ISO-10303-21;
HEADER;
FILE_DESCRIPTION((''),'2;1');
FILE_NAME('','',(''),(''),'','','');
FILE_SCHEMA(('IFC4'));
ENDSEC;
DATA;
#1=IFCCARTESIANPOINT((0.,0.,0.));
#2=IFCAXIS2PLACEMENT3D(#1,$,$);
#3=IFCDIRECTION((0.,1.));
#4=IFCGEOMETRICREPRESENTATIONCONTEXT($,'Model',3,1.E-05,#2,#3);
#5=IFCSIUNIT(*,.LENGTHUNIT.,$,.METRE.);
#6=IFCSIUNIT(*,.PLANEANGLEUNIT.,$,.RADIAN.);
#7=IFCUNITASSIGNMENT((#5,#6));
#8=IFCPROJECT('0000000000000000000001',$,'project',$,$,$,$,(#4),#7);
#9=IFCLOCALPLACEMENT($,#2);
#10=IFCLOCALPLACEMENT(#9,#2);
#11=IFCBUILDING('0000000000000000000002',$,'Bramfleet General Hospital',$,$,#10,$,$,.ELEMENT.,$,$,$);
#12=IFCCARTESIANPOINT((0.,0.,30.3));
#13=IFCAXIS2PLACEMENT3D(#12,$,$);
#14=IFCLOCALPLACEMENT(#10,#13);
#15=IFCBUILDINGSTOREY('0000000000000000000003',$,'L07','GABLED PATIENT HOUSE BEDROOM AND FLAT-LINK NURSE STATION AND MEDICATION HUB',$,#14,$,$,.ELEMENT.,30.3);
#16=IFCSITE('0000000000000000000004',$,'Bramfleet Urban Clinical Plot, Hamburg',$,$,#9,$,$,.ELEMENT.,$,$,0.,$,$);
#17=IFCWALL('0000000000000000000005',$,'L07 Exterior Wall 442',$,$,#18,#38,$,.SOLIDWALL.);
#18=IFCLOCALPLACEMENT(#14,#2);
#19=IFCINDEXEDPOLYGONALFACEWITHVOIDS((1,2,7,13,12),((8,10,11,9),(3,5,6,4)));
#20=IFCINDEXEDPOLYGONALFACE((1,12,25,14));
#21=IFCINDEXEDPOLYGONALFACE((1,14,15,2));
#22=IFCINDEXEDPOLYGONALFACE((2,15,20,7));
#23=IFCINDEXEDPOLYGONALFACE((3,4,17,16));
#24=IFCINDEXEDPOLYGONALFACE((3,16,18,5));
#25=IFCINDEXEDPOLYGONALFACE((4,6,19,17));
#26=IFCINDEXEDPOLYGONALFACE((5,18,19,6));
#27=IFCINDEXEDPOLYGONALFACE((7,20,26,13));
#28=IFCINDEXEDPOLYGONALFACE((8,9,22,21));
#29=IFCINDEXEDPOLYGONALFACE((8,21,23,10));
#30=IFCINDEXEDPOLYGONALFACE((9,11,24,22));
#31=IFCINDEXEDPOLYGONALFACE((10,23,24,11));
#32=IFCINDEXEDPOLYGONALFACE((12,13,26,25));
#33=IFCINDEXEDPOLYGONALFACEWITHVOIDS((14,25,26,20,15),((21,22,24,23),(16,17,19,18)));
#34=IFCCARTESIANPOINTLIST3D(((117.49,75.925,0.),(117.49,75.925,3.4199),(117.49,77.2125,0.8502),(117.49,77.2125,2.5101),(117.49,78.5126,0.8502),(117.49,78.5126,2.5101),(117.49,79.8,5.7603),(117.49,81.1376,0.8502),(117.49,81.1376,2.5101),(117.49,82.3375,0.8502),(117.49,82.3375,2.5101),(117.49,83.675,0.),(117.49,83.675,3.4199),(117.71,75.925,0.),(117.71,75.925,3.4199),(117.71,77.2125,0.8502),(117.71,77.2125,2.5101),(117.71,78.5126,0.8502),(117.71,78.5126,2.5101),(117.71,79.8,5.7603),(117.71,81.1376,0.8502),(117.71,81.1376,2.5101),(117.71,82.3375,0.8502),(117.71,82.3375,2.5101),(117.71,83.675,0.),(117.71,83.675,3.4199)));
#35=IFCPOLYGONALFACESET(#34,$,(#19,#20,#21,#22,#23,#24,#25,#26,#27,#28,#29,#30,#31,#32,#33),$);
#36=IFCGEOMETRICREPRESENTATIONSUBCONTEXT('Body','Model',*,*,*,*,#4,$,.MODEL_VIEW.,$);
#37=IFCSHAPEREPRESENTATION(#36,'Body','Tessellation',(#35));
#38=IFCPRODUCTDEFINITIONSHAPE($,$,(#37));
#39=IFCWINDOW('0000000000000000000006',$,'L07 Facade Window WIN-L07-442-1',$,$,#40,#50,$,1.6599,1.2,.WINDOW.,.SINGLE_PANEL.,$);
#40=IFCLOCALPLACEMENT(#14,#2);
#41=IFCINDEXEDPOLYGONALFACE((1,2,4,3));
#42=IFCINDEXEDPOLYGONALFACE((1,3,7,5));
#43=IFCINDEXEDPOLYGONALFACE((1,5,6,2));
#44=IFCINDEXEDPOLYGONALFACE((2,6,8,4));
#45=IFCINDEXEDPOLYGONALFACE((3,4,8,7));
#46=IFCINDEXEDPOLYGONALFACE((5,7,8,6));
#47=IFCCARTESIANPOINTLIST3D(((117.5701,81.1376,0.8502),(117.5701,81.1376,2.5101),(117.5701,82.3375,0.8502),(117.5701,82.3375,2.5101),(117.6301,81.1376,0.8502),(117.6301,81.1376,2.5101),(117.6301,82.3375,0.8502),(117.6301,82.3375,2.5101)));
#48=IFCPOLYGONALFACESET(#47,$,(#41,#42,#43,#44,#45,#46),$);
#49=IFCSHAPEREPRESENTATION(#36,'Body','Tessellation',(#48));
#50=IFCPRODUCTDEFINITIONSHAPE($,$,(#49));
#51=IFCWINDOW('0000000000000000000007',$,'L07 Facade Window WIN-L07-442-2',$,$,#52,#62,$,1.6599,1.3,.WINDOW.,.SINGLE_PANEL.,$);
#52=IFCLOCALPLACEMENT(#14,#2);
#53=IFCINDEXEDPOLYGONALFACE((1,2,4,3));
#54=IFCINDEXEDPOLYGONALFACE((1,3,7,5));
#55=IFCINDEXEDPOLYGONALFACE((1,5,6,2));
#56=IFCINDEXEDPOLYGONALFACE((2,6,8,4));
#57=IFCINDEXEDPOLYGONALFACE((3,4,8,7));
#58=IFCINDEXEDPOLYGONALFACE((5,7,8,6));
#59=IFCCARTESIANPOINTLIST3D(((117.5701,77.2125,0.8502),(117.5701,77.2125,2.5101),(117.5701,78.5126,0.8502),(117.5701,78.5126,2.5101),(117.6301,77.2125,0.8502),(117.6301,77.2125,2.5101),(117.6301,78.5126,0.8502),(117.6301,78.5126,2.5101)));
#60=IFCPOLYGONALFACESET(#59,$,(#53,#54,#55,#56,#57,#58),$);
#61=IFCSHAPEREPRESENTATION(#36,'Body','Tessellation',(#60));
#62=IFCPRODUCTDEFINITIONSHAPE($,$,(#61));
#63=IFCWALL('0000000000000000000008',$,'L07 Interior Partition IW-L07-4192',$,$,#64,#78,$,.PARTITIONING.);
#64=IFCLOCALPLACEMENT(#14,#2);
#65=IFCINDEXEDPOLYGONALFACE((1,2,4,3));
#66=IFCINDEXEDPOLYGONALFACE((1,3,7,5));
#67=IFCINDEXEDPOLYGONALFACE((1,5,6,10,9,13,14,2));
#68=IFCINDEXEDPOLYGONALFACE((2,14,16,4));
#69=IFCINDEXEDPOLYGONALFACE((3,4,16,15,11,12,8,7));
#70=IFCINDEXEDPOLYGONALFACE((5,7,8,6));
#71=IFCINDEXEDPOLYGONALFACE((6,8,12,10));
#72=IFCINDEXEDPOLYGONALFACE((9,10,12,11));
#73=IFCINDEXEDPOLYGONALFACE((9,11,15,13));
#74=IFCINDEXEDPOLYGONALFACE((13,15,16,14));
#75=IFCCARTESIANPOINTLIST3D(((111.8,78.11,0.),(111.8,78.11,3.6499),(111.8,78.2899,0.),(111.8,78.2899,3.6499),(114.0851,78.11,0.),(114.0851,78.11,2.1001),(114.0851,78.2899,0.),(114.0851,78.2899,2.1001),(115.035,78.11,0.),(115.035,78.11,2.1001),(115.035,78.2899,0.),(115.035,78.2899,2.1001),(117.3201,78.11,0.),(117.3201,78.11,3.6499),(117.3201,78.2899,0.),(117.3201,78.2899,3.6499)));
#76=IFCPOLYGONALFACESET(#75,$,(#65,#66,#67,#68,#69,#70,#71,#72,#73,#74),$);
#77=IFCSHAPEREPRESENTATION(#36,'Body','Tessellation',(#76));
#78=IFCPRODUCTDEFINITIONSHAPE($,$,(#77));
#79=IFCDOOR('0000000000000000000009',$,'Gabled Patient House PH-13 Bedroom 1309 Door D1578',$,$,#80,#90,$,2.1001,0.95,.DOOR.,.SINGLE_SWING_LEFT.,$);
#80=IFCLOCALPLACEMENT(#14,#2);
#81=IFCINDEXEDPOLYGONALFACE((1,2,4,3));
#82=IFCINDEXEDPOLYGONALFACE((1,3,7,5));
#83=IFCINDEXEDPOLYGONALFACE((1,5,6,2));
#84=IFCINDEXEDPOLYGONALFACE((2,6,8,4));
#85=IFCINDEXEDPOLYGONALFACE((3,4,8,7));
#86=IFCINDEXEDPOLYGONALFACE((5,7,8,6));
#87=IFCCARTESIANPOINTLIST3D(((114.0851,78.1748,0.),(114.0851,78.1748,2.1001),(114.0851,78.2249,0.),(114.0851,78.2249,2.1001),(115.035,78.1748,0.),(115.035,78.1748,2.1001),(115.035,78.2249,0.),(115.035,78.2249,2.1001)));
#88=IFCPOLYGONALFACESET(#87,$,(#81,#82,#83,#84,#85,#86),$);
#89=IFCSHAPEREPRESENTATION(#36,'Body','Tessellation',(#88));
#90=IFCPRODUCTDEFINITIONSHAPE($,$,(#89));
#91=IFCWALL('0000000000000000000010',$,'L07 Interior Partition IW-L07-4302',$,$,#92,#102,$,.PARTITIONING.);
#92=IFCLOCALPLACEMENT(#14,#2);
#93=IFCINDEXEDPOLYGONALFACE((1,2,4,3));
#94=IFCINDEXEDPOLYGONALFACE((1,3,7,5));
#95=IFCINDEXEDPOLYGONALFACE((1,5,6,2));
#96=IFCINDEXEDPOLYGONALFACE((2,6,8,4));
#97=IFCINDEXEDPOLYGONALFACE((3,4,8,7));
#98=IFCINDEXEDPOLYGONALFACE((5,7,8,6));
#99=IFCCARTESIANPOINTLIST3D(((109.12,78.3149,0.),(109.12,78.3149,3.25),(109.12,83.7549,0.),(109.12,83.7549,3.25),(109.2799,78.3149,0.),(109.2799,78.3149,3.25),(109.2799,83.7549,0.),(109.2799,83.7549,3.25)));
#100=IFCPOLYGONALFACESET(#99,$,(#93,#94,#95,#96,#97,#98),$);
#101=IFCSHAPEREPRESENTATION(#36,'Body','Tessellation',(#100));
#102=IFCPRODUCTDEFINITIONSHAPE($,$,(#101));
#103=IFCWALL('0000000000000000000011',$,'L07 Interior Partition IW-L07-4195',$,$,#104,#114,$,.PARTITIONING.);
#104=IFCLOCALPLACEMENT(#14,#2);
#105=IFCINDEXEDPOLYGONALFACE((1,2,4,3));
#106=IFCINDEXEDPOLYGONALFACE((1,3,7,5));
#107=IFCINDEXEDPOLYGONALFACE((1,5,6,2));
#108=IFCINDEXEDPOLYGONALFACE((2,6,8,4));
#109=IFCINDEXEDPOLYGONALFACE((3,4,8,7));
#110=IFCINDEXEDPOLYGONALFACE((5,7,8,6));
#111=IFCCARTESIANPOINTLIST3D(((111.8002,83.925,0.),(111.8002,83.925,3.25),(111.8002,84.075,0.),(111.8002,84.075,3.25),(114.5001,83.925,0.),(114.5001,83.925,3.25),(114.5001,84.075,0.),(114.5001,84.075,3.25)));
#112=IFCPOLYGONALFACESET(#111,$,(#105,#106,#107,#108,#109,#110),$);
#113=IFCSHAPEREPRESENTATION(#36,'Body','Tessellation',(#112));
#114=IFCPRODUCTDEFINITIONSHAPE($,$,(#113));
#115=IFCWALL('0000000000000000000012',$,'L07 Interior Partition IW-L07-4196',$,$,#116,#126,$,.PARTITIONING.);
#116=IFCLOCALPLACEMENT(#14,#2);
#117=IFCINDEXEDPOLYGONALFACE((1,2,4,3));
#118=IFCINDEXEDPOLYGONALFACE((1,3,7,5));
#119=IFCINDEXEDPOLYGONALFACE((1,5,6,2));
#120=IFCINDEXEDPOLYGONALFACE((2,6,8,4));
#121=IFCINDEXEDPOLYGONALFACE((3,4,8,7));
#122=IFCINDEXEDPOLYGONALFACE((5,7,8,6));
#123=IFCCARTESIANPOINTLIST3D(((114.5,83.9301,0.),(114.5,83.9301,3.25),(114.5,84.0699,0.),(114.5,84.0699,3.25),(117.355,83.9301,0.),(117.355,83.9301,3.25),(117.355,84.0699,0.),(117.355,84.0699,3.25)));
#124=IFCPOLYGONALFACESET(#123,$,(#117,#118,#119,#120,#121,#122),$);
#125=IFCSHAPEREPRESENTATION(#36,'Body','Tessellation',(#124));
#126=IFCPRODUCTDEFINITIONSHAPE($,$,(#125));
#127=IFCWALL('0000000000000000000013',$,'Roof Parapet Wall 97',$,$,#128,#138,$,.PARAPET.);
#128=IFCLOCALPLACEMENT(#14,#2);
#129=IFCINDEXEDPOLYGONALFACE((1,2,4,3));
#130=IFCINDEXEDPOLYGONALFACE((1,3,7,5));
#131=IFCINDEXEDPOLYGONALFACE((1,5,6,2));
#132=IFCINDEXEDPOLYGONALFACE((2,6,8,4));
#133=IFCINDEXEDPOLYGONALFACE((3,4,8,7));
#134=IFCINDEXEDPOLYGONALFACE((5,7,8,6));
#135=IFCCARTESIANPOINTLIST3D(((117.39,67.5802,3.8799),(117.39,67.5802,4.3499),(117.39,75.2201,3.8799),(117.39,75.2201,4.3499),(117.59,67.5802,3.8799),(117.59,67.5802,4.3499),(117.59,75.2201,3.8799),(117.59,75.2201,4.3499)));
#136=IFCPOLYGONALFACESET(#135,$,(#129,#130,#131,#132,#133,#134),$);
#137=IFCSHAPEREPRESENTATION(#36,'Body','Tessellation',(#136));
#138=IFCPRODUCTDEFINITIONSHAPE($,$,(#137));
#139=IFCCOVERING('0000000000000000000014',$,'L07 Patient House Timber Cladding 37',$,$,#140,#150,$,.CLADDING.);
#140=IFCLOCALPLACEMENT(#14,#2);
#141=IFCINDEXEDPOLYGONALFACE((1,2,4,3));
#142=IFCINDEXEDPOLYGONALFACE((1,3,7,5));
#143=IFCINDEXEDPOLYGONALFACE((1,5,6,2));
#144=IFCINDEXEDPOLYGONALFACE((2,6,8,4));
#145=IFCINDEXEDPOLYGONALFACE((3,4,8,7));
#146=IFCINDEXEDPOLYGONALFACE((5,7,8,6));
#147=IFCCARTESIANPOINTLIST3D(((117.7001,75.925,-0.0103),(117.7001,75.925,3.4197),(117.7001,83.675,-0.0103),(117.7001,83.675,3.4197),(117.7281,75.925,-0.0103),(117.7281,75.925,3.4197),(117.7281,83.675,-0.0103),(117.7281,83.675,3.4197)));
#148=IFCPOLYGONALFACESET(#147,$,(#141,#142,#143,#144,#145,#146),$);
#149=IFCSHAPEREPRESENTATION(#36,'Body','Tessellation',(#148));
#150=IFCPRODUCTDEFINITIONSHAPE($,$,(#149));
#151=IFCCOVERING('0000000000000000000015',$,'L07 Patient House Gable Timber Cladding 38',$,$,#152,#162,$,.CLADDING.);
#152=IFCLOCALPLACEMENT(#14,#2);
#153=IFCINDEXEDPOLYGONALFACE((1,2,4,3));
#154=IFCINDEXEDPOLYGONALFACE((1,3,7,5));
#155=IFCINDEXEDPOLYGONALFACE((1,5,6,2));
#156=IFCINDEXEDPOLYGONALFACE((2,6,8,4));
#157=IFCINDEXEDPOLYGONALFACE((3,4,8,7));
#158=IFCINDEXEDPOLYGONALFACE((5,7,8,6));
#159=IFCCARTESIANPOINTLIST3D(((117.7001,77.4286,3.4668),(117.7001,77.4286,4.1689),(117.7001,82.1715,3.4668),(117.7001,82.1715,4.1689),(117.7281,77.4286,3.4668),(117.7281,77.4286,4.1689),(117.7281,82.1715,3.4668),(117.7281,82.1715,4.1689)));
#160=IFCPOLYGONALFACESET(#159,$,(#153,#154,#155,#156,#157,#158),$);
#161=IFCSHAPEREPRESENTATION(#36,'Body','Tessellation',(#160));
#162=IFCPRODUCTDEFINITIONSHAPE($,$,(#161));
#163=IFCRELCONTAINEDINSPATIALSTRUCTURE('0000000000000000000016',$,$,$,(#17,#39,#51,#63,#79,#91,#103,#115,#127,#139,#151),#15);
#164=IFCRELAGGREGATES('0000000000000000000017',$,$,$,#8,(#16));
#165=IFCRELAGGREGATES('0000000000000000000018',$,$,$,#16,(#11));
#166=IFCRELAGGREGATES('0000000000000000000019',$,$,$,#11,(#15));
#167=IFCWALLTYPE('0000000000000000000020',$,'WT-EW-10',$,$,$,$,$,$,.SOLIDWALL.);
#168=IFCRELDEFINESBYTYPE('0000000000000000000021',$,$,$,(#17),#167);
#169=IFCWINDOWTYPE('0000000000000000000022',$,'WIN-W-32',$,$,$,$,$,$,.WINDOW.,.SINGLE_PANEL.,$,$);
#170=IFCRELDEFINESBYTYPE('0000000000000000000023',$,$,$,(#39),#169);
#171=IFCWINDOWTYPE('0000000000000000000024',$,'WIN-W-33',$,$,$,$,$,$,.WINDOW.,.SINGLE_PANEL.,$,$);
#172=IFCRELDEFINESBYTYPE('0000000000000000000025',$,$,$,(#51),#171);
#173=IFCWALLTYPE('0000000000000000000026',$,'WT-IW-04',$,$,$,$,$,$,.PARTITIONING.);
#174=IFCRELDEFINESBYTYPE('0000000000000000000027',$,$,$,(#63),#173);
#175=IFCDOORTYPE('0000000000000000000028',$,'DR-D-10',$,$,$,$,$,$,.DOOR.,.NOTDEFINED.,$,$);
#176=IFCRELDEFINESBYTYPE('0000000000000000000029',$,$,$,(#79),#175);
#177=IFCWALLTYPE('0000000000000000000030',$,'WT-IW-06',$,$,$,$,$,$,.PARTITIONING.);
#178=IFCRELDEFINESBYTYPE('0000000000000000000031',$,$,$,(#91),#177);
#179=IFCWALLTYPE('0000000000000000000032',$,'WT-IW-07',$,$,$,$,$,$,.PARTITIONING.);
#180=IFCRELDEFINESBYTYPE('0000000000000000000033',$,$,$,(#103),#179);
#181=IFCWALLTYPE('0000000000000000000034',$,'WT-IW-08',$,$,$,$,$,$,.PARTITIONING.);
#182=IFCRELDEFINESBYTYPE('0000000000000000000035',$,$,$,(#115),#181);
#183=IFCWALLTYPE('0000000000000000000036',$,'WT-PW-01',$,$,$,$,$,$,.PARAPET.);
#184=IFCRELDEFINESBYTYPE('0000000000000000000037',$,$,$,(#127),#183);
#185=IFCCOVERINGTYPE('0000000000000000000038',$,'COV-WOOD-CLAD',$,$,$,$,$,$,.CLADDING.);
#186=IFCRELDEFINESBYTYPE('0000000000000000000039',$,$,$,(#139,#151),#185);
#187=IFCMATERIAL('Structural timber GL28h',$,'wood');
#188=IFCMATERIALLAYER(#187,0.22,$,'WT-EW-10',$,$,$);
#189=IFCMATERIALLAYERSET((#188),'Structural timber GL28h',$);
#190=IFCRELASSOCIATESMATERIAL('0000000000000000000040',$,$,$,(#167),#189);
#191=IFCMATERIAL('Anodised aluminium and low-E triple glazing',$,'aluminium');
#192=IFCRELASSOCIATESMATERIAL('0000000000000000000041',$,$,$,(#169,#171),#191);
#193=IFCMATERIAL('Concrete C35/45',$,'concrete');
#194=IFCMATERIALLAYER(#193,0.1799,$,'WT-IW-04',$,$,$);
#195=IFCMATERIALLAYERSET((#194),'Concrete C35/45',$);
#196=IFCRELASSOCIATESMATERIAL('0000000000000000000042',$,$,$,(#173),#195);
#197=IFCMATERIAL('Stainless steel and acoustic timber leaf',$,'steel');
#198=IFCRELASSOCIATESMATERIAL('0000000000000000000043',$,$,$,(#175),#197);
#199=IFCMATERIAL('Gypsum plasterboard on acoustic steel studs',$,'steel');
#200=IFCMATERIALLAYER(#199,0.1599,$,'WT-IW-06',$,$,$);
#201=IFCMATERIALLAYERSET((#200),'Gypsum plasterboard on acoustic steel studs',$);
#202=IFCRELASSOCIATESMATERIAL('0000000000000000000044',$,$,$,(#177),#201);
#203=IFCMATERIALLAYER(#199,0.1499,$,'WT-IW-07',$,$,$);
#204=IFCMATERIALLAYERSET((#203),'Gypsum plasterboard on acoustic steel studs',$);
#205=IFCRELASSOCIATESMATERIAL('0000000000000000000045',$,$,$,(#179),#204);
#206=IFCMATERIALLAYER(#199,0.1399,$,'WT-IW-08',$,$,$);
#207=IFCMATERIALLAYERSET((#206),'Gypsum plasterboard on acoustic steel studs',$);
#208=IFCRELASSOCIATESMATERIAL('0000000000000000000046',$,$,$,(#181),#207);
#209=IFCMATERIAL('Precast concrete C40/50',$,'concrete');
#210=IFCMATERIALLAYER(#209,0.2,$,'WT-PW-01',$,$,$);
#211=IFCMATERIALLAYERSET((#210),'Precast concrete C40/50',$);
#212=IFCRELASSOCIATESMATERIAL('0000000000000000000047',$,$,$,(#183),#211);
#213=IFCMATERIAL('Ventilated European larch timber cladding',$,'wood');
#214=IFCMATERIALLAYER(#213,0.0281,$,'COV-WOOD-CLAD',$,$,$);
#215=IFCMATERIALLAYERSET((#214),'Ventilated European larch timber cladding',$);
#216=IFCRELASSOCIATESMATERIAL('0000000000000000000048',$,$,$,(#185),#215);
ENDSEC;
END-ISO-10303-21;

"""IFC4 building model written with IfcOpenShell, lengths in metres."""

from ifc_helpers import new_model, si_unit, direction, frame, frame_2d, origin, origin_2d, place, context, subcontext, project, spatial, polyline, rectangle, outline, extrude, material, layer, layer_set, type_object, element, fill, save


model = new_model("IFC4")

# Units and contexts
model_context = context("Model", 3, precision=1e-05, world=origin(), true_north=direction((0.0, 1.0)))
body_context = subcontext(model_context, "Body", "Model", "MODEL_VIEW")
ifc_project = project(units=[si_unit("LENGTHUNIT", "METRE"), si_unit("PLANEANGLEUNIT", "RADIAN")], contexts=[model_context])

# Site, building, storey
site_placement = place(None, origin())
site = spatial("IfcSite", under=ifc_project, at=site_placement, Name="Bramfleet Urban Clinical Plot, Hamburg", CompositionType="ELEMENT", RefElevation=0.0)
building_placement = place(site_placement, origin())
building = spatial("IfcBuilding", under=site, at=building_placement, Name="Bramfleet General Hospital", CompositionType="ELEMENT")
storey_placement = place(building_placement, frame((0.0, 0.0, 30.3)))
storey = spatial("IfcBuildingStorey", under=building, at=storey_placement, Name="L07", Description="GABLED PATIENT HOUSE BEDROOM AND FLAT-LINK NURSE STATION AND MEDICATION HUB", CompositionType="ELEMENT", Elevation=30.3)

# Shared definitions
ifc_material_1 = material(Name="Anodised aluminium and low-E triple glazing", Category="aluminium")

# Wall, openings, windows
ifc_material_2 = material(Name="Structural timber GL28h", Category="wood")
ifc_layer_1 = layer(ifc_material_2, 0.22, Name="WT-EW-10")
ifc_layer_set_1 = layer_set([ifc_layer_1], Name="Structural timber GL28h")
wall_type_1 = type_object("IfcWallType", Name="WT-EW-10", PredefinedType="SOLIDWALL", material=ifc_layer_set_1)
wall_1_placement = place(storey_placement, frame((117.6001, 83.675, 0.0), z_axis=(0.0, 0.0, 1.0), x_axis=(0.0, -1.0, 0.0)))
wall_1 = element("IfcWall", 1, at=wall_1_placement, inside=storey, type_object=wall_type_1, Name="L07 Exterior Wall 442", PredefinedType="SOLIDWALL", context=body_context, shape_type="SweptSolid", body=[
    extrude(outline(polyline([(0.0, 0.0), (7.75, 0.0), (7.75, 3.4199), (3.875, 5.7603), (0.0, 3.4199), (0.0, 0.0)])), frame((0.0, 0.1099, 0.0), z_axis=(0.0, -1.0, 0.0), x_axis=(1.0, 0.0, 0.0)), (0.0, 0.0, 1.0), 0.22),
])
opening_1_placement = place(wall_1_placement, frame((1.3374, 0.0, 0.8501)))
opening_1 = element("IfcOpeningElement", 2, at=opening_1_placement, cuts=wall_1, PredefinedType="OPENING", context=body_context, shape_type="SweptSolid", body=[
    extrude(rectangle(XDim=1.2, YDim=1.6599, at=frame_2d((0.6001, 0.8301))), frame((0.0, 0.1199, 0.0), z_axis=(0.0, -1.0, 0.0), x_axis=(1.0, 0.0, 0.0)), (0.0, 0.0, 1.0), 0.24),
])
opening_2_placement = place(wall_1_placement, frame((5.1626, 0.0, 0.8501)))
opening_2 = element("IfcOpeningElement", 3, at=opening_2_placement, cuts=wall_1, PredefinedType="OPENING", context=body_context, shape_type="SweptSolid", body=[
    extrude(rectangle(XDim=1.3, YDim=1.6599, at=frame_2d((0.6499, 0.8301))), frame((0.0, 0.1199, 0.0), z_axis=(0.0, -1.0, 0.0), x_axis=(1.0, 0.0, 0.0)), (0.0, 0.0, 1.0), 0.24),
])
window_type_1 = type_object("IfcWindowType", Name="WIN-W-32", PartitioningType="SINGLE_PANEL", PredefinedType="WINDOW", material=ifc_material_1)
window_1_placement = place(opening_1_placement, origin())
window_1 = element("IfcWindow", 4, at=window_1_placement, inside=storey, type_object=window_type_1, Name="L07 Facade Window WIN-L07-442-1", OverallHeight=1.6599, OverallWidth=1.2, PartitioningType="SINGLE_PANEL", PredefinedType="WINDOW", context=body_context, shape_type="SweptSolid", body=[
    extrude(rectangle(XDim=1.2, YDim=1.6599, at=frame_2d((0.6001, 0.8301))), frame((0.0, 0.03, 0.0), z_axis=(0.0, -1.0, 0.0), x_axis=(1.0, 0.0, 0.0)), (0.0, 0.0, 1.0), 0.0601),
])
fill(opening_1, window_1)
window_type_2 = type_object("IfcWindowType", Name="WIN-W-33", PartitioningType="SINGLE_PANEL", PredefinedType="WINDOW", material=ifc_material_1)
window_2_placement = place(opening_2_placement, origin())
window_2 = element("IfcWindow", 5, at=window_2_placement, inside=storey, type_object=window_type_2, Name="L07 Facade Window WIN-L07-442-2", OverallHeight=1.6599, OverallWidth=1.3, PartitioningType="SINGLE_PANEL", PredefinedType="WINDOW", context=body_context, shape_type="SweptSolid", body=[
    extrude(rectangle(XDim=1.3, YDim=1.6599, at=frame_2d((0.6499, 0.8301))), frame((0.0, 0.03, 0.0), z_axis=(0.0, -1.0, 0.0), x_axis=(1.0, 0.0, 0.0)), (0.0, 0.0, 1.0), 0.0601),
])
fill(opening_2, window_2)

# Wall, opening, door
ifc_material_3 = material(Name="Concrete C35/45", Category="concrete")
ifc_material_4 = material(Name="Stainless steel and acoustic timber leaf", Category="steel")
ifc_layer_2 = layer(ifc_material_3, 0.1799, Name="WT-IW-04")
ifc_layer_set_2 = layer_set([ifc_layer_2], Name="Concrete C35/45")
wall_type_2 = type_object("IfcWallType", Name="WT-IW-04", PredefinedType="PARTITIONING", material=ifc_layer_set_2)
wall_2_placement = place(storey_placement, frame((111.8, 78.2, 0.0), z_axis=(0.0, 0.0, 1.0), x_axis=(1.0, 0.0, 0.0)))
wall_2 = element("IfcWall", 6, at=wall_2_placement, inside=storey, type_object=wall_type_2, Name="L07 Interior Partition IW-L07-4192", PredefinedType="PARTITIONING", context=body_context, shape_type="SweptSolid", body=[
    extrude(rectangle(XDim=5.52, YDim=0.1799, at=frame_2d((2.76, 0.0))), origin(), (0.0, 0.0, 1.0), 3.6499),
])
opening_3_placement = place(wall_2_placement, frame((2.2849, 0.0, 0.0)))
opening_3 = element("IfcOpeningElement", 7, at=opening_3_placement, cuts=wall_2, PredefinedType="OPENING", context=body_context, shape_type="SweptSolid", body=[
    extrude(rectangle(XDim=0.95, YDim=2.1001, at=frame_2d((0.4751, 1.05))), frame((0.0, 0.0999, 0.0), z_axis=(0.0, -1.0, 0.0), x_axis=(1.0, 0.0, 0.0)), (0.0, 0.0, 1.0), 0.2),
])
door_type_1 = type_object("IfcDoorType", Name="DR-D-10", OperationType="NOTDEFINED", PredefinedType="DOOR", material=ifc_material_4)
door_1_placement = place(opening_3_placement, origin())
door_1 = element("IfcDoor", 8, at=door_1_placement, inside=storey, type_object=door_type_1, Name="Gabled Patient House PH-13 Bedroom 1309 Door D1578", OperationType="SINGLE_SWING_LEFT", OverallHeight=2.1001, OverallWidth=0.95, PredefinedType="DOOR", context=body_context, shape_type="SweptSolid", body=[
    extrude(rectangle(XDim=0.95, YDim=2.1001, at=frame_2d((0.4751, 1.05))), frame((0.0, 0.0249, 0.0), z_axis=(0.0, -1.0, 0.0), x_axis=(1.0, 0.0, 0.0)), (0.0, 0.0, 1.0), 0.05),
])
fill(opening_3, door_1)

# Walls
ifc_material_5 = material(Name="Gypsum plasterboard on acoustic steel studs", Category="steel")
ifc_layer_3 = layer(ifc_material_5, 0.1599, Name="WT-IW-06")
ifc_layer_set_3 = layer_set([ifc_layer_3], Name="Gypsum plasterboard on acoustic steel studs")
wall_type_3 = type_object("IfcWallType", Name="WT-IW-06", PredefinedType="PARTITIONING", material=ifc_layer_set_3)
wall_3_placement = place(storey_placement, frame((109.2, 78.3149, 0.0), z_axis=(0.0, 0.0, 1.0), x_axis=(0.0, 1.0, 0.0)))
element("IfcWall", 9, at=wall_3_placement, inside=storey, type_object=wall_type_3, Name="L07 Interior Partition IW-L07-4302", PredefinedType="PARTITIONING", context=body_context, shape_type="SweptSolid", body=[
    extrude(rectangle(XDim=5.4399, YDim=0.1599, at=frame_2d((2.72, 0.0))), origin(), (0.0, 0.0, 1.0), 3.25),
])
ifc_layer_4 = layer(ifc_material_5, 0.1499, Name="WT-IW-07")
ifc_layer_set_4 = layer_set([ifc_layer_4], Name="Gypsum plasterboard on acoustic steel studs")
wall_type_4 = type_object("IfcWallType", Name="WT-IW-07", PredefinedType="PARTITIONING", material=ifc_layer_set_4)
wall_4_placement = place(storey_placement, frame((111.8, 84.0, 0.0), z_axis=(0.0, 0.0, 1.0), x_axis=(1.0, 0.0, 0.0)))
element("IfcWall", 10, at=wall_4_placement, inside=storey, type_object=wall_type_4, Name="L07 Interior Partition IW-L07-4195", PredefinedType="PARTITIONING", context=body_context, shape_type="SweptSolid", body=[
    extrude(rectangle(XDim=2.7, YDim=0.1499, at=frame_2d((1.3501, 0.0))), origin(), (0.0, 0.0, 1.0), 3.25),
])
ifc_layer_5 = layer(ifc_material_5, 0.1399, Name="WT-IW-08")
ifc_layer_set_5 = layer_set([ifc_layer_5], Name="Gypsum plasterboard on acoustic steel studs")
wall_type_5 = type_object("IfcWallType", Name="WT-IW-08", PredefinedType="PARTITIONING", material=ifc_layer_set_5)
wall_5_placement = place(storey_placement, frame((114.5, 84.0, 0.0), z_axis=(0.0, 0.0, 1.0), x_axis=(1.0, 0.0, 0.0)))
element("IfcWall", 11, at=wall_5_placement, inside=storey, type_object=wall_type_5, Name="L07 Interior Partition IW-L07-4196", PredefinedType="PARTITIONING", context=body_context, shape_type="SweptSolid", body=[
    extrude(rectangle(XDim=2.855, YDim=0.1399, at=frame_2d((1.4275, 0.0))), origin(), (0.0, 0.0, 1.0), 3.25),
])
ifc_material_6 = material(Name="Precast concrete C40/50", Category="concrete")
ifc_layer_6 = layer(ifc_material_6, 0.2, Name="WT-PW-01")
ifc_layer_set_6 = layer_set([ifc_layer_6], Name="Precast concrete C40/50")
wall_type_6 = type_object("IfcWallType", Name="WT-PW-01", PredefinedType="PARAPET", material=ifc_layer_set_6)
wall_6_placement = place(storey_placement, frame((117.49, 75.22, 3.8799), z_axis=(0.0, 0.0, 1.0), x_axis=(0.0, -1.0, 0.0)))
element("IfcWall", 12, at=wall_6_placement, inside=storey, type_object=wall_type_6, Name="Roof Parapet Wall 97", PredefinedType="PARAPET", context=body_context, shape_type="SweptSolid", body=[
    extrude(rectangle(XDim=7.6399, YDim=0.2, at=frame_2d((3.8198, 0.0))), origin(), (0.0, 0.0, 1.0), 0.47),
])

# Coverings
ifc_material_7 = material(Name="Ventilated European larch timber cladding", Category="wood")
ifc_layer_7 = layer(ifc_material_7, 0.0281, Name="COV-WOOD-CLAD")
ifc_layer_set_7 = layer_set([ifc_layer_7], Name="Ventilated European larch timber cladding")
covering_type = type_object("IfcCoveringType", Name="COV-WOOD-CLAD", PredefinedType="CLADDING", material=ifc_layer_set_7)
covering_1_placement = place(storey_placement, frame((117.7141, 79.8, -0.0103), z_axis=(0.0, 0.0, 1.0), x_axis=(0.0, -1.0, 0.0)))
element("IfcCovering", 13, at=covering_1_placement, inside=storey, type_object=covering_type, Name="L07 Patient House Timber Cladding 37", PredefinedType="CLADDING", context=body_context, shape_type="SweptSolid", body=[
    extrude(rectangle(XDim=7.75, YDim=0.0281, at=origin_2d()), origin(), (0.0, 0.0, 1.0), 3.4299),
])
covering_2_placement = place(storey_placement, frame((117.7141, 79.8, 3.4668), z_axis=(0.0, 0.0, 1.0), x_axis=(0.0, -1.0, 0.0)))
element("IfcCovering", 14, at=covering_2_placement, inside=storey, type_object=covering_type, Name="L07 Patient House Gable Timber Cladding 38", PredefinedType="CLADDING", context=body_context, shape_type="SweptSolid", body=[
    extrude(rectangle(XDim=4.7429, YDim=0.0281, at=origin_2d()), origin(), (0.0, 0.0, 1.0), 0.7021),
])

save(model, "model.ifc")
